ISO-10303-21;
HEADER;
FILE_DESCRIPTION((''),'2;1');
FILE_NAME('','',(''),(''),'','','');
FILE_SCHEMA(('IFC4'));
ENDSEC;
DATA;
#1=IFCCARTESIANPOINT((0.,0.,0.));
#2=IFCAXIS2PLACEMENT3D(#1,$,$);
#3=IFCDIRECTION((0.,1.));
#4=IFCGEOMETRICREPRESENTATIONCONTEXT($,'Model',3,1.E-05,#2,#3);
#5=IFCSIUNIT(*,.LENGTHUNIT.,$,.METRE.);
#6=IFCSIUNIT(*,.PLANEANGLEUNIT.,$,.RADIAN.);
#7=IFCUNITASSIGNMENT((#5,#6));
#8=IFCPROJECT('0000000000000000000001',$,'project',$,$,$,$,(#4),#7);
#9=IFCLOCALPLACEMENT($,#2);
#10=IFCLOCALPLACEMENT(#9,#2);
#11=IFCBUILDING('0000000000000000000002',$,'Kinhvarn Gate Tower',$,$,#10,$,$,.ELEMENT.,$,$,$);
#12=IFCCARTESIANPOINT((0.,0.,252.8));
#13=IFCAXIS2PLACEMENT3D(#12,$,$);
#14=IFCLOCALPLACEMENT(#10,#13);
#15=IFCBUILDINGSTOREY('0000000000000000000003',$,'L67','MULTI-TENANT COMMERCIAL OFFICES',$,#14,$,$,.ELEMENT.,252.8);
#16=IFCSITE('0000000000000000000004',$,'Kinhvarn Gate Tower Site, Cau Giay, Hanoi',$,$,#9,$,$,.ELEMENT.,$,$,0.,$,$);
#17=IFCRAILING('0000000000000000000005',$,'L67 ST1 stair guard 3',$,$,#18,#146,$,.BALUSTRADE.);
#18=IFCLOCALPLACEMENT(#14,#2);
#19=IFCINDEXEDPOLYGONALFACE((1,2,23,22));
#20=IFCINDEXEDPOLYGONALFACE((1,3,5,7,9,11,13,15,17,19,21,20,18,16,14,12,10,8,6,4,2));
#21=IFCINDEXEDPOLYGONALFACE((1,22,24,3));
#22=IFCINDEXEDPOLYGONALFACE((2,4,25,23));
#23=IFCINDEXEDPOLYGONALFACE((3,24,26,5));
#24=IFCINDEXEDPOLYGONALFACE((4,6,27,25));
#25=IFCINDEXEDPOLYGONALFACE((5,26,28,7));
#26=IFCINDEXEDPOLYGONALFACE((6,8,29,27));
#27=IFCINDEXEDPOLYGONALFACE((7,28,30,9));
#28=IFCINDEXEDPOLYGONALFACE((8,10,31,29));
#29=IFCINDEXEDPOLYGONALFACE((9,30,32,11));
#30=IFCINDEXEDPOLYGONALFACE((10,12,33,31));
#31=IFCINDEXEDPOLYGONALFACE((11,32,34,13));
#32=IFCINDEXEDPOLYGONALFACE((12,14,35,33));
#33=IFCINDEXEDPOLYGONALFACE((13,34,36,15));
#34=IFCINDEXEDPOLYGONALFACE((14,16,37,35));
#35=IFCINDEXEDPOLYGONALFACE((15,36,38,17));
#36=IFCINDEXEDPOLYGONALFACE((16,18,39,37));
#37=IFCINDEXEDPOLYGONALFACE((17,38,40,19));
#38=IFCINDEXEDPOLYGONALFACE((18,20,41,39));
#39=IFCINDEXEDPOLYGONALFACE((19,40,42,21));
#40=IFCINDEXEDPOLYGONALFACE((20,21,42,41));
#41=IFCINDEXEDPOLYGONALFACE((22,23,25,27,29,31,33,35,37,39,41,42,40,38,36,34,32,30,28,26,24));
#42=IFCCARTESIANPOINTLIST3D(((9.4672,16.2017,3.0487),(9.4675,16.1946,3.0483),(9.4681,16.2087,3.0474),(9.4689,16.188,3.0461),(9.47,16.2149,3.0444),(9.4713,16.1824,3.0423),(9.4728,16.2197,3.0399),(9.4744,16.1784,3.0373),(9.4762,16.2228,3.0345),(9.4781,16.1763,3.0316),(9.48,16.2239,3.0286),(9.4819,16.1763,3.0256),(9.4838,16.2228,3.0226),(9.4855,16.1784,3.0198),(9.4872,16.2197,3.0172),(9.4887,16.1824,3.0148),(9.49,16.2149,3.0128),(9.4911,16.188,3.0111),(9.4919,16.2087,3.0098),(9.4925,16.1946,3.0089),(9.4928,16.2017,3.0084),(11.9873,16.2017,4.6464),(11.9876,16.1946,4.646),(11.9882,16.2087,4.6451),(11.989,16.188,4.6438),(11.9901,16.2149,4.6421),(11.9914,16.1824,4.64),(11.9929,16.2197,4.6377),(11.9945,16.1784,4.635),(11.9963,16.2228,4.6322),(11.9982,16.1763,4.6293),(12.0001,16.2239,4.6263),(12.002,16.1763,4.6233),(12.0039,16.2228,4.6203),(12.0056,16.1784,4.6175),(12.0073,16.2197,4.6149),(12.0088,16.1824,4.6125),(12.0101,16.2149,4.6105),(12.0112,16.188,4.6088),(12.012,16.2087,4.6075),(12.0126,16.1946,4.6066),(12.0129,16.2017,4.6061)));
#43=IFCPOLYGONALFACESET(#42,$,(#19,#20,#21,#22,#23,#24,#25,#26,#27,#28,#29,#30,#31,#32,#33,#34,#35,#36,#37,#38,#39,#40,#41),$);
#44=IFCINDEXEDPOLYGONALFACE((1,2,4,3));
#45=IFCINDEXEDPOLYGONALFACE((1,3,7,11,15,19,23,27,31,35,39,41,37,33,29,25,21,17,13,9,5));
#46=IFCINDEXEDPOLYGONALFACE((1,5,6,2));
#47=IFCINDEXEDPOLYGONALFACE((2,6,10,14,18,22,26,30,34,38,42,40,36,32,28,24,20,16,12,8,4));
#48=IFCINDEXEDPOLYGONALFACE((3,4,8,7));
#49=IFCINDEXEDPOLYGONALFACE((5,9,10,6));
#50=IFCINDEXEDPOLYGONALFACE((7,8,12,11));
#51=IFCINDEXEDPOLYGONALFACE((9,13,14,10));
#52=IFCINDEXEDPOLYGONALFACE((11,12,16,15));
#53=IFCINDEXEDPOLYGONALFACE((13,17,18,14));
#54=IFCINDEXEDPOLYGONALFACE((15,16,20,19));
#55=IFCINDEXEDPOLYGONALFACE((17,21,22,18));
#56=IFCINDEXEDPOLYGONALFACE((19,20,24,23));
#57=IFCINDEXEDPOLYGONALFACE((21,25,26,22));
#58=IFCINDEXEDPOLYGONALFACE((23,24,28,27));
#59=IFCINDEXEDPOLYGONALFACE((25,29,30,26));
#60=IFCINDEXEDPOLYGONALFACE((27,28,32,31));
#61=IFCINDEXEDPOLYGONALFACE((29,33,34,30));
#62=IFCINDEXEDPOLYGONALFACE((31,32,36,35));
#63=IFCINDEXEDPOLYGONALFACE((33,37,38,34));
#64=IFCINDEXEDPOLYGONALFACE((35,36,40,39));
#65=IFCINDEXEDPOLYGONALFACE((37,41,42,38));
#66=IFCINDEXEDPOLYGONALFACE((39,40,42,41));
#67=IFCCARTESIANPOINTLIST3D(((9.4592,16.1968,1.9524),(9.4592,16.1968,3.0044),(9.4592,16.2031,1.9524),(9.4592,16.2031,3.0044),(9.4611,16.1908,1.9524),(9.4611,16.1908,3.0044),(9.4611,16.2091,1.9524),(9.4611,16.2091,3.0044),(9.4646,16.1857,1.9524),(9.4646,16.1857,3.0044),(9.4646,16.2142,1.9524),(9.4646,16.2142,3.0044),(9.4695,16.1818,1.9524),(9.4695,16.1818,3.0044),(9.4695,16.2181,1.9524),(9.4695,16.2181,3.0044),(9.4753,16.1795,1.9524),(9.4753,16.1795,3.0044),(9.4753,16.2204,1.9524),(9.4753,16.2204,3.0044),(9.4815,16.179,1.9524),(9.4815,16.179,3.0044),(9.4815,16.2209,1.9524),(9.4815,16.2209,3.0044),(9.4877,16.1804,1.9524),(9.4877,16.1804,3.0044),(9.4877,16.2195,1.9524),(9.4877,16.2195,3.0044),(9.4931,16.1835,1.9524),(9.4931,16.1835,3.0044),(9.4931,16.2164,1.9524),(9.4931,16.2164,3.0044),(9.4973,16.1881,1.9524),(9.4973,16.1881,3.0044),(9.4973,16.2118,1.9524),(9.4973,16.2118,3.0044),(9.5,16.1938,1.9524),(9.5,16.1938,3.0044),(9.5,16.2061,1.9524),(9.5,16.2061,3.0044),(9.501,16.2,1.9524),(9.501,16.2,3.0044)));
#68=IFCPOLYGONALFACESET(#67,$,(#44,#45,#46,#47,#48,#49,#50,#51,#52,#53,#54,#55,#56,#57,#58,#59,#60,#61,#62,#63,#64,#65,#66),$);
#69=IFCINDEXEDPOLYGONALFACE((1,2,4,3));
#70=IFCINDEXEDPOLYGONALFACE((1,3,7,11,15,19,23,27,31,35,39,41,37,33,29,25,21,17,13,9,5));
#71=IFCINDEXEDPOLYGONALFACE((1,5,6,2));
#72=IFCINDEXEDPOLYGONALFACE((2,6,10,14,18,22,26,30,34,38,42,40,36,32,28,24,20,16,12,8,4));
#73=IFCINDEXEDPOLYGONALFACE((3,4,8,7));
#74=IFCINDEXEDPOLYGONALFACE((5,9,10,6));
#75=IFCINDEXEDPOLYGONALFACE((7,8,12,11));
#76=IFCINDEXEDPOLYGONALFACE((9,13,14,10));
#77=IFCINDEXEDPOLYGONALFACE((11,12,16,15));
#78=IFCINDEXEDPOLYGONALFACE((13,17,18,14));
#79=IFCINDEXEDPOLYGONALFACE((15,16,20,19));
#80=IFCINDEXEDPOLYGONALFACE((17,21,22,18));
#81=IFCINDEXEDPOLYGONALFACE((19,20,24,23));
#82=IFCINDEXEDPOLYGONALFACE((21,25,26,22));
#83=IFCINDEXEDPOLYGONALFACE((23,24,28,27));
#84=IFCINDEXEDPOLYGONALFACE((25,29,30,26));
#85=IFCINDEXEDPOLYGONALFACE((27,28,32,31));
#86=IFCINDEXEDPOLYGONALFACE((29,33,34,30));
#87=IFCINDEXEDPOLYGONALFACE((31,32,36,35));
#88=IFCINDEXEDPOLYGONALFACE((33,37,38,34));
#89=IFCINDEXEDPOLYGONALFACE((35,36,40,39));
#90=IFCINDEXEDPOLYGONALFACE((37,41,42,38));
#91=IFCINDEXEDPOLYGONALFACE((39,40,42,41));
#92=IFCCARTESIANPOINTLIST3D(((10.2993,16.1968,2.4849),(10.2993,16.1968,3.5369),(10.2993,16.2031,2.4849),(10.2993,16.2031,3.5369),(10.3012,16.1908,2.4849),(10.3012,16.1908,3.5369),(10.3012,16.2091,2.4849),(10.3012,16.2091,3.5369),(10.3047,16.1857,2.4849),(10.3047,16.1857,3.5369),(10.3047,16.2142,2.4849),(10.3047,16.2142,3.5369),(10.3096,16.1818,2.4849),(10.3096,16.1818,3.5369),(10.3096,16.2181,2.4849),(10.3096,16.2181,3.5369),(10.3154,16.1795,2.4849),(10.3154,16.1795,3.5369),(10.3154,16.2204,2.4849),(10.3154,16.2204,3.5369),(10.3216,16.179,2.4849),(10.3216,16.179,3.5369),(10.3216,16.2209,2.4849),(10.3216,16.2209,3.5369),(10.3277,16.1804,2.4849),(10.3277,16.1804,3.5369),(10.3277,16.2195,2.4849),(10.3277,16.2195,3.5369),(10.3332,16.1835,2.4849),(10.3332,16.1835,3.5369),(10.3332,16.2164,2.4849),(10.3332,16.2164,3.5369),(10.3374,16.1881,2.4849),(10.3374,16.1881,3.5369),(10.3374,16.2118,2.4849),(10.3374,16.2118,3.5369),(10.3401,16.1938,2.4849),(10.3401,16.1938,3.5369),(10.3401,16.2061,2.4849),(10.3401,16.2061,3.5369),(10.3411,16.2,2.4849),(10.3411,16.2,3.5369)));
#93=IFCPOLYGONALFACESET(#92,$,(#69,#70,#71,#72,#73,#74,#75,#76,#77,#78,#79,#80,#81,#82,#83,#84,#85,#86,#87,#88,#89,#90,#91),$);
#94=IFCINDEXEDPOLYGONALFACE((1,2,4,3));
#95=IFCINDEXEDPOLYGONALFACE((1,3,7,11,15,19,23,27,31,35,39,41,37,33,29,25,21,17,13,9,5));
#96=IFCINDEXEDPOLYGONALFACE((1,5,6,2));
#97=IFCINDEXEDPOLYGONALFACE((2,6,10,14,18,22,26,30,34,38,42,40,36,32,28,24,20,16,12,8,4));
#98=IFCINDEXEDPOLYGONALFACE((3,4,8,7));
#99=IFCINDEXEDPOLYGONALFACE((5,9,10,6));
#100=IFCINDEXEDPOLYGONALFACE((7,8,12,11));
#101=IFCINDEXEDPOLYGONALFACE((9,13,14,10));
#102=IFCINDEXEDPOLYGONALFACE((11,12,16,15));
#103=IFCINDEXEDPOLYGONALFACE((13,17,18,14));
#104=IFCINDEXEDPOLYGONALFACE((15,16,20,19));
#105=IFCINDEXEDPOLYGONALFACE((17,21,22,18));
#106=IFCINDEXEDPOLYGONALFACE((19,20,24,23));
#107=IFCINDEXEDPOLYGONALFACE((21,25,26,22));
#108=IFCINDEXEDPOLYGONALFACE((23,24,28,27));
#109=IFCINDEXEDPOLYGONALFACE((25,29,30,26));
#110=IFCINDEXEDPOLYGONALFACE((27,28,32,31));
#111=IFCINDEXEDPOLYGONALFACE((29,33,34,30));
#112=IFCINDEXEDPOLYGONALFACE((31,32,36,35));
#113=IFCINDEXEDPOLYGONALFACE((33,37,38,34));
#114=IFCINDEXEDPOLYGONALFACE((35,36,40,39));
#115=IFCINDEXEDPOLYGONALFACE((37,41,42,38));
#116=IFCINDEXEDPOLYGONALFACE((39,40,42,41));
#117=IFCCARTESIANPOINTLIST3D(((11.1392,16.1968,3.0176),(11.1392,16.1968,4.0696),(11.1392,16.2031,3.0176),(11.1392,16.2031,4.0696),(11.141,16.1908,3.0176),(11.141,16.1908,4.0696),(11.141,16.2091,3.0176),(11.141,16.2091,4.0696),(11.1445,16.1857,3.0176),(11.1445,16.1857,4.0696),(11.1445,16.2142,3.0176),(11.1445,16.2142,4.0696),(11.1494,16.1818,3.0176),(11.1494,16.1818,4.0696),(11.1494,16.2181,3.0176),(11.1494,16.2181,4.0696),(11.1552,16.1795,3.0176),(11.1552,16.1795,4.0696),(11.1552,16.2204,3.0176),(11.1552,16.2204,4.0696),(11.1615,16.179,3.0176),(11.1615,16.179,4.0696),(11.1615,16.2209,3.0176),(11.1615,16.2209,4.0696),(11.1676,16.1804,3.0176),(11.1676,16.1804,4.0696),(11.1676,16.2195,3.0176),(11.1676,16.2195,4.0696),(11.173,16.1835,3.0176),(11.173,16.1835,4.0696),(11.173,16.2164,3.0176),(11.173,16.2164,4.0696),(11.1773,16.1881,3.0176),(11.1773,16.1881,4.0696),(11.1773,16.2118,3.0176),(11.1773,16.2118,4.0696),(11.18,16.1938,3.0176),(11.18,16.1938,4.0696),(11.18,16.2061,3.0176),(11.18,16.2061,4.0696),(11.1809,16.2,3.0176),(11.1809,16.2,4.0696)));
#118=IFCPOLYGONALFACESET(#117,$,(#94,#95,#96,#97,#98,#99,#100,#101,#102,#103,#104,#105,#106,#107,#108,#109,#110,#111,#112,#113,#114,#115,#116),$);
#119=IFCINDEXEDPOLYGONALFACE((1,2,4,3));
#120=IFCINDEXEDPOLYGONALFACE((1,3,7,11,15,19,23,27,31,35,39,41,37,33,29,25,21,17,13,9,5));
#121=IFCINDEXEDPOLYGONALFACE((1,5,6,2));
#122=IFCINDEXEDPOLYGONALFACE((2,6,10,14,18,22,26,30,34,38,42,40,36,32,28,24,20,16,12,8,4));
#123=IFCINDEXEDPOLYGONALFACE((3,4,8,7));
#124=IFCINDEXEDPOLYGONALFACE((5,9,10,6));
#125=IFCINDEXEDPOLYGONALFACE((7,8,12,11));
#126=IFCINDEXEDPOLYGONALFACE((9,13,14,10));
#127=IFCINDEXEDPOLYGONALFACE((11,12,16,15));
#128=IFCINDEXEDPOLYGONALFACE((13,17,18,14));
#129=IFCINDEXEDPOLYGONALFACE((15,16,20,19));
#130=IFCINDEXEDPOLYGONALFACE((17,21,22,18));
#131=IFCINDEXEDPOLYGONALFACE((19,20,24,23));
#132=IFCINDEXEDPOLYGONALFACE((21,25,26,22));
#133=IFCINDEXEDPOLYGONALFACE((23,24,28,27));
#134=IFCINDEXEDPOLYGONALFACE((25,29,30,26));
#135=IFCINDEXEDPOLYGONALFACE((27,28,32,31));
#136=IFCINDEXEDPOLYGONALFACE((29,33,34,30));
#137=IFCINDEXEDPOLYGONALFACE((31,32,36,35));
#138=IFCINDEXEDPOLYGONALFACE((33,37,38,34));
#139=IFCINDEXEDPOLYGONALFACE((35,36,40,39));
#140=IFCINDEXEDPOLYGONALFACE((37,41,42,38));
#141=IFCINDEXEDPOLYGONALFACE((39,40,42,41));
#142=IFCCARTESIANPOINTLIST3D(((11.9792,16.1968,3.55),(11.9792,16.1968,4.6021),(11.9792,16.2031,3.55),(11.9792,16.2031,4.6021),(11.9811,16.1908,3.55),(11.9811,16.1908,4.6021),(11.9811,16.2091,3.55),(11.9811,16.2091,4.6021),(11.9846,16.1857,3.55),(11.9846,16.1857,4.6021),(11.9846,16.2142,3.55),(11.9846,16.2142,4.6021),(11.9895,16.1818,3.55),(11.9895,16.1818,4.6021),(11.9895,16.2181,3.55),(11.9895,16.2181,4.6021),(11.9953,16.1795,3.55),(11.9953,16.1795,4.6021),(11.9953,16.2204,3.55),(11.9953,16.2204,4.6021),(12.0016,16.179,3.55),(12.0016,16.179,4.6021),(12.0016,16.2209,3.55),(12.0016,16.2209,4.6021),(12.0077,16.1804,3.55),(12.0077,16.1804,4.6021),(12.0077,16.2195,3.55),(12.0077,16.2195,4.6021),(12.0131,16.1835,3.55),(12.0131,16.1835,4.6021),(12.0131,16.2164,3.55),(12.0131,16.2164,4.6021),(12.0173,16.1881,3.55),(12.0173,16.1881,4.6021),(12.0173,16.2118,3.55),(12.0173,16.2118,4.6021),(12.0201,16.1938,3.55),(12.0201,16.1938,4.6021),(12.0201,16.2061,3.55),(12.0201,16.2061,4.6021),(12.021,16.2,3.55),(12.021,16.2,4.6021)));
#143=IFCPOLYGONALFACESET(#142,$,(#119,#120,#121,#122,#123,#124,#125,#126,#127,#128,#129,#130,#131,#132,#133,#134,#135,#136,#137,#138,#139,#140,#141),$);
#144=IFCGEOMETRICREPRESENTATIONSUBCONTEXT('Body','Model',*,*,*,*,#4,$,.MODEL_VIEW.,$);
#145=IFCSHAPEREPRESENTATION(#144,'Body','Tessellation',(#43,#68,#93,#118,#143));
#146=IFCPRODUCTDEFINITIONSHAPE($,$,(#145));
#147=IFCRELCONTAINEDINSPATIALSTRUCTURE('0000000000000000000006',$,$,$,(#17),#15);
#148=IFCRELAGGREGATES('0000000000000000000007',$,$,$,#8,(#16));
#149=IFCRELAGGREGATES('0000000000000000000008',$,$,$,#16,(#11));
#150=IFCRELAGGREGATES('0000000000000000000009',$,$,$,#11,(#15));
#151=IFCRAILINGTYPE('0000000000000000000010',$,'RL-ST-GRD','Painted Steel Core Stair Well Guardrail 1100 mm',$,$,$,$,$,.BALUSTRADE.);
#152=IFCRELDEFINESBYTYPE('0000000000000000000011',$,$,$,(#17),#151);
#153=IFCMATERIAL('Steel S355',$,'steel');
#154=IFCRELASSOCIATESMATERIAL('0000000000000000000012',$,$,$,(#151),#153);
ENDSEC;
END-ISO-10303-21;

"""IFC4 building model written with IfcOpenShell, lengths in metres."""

from ifc_helpers import new_model, si_unit, direction, frame, origin, origin_2d, place, context, subcontext, project, spatial, circle, extrude, material, type_object, element, save


model = new_model("IFC4")

# Units and contexts
model_context = context("Model", 3, precision=1e-05, world=origin(), true_north=direction((0.0, 1.0)))
body_context = subcontext(model_context, "Body", "Model", "MODEL_VIEW")
ifc_project = project(units=[si_unit("LENGTHUNIT", "METRE"), si_unit("PLANEANGLEUNIT", "RADIAN")], contexts=[model_context])

# Site, building, storey
site_placement = place(None, origin())
site = spatial("IfcSite", under=ifc_project, at=site_placement, Name="Kinhvarn Gate Tower Site, Cau Giay, Hanoi", CompositionType="ELEMENT", RefElevation=0.0)
building_placement = place(site_placement, origin())
building = spatial("IfcBuilding", under=site, at=building_placement, Name="Kinhvarn Gate Tower", CompositionType="ELEMENT")
storey_placement = place(building_placement, frame((0.0, 0.0, 252.8)))
storey = spatial("IfcBuildingStorey", under=building, at=storey_placement, Name="L67", Description="MULTI-TENANT COMMERCIAL OFFICES", CompositionType="ELEMENT", Elevation=252.8)

# Shared definitions
ifc_material_1 = material(Name="Steel S355", Category="steel")

# Railing
railing_type_1 = type_object("IfcRailingType", Name="RL-ST-GRD", Description="Painted Steel Core Stair Well Guardrail 1100 mm", PredefinedType="BALUSTRADE", material=ifc_material_1)
railing_1_placement = place(storey_placement, frame((9.48, 16.2, 1.9524)))
element("IfcRailing", 1, at=railing_1_placement, inside=storey, type_object=railing_type_1, Name="L67 ST1 stair guard 3", PredefinedType="BALUSTRADE", context=body_context, shape_type="SweptSolid", body=[
    extrude(circle(Radius=0.0239, at=origin_2d()), frame((0.0, 0.0, 1.0762), z_axis=(0.84457, 0.0, 0.535445), x_axis=(0.0, 1.0, 0.0)), (0.0, 0.0, 1.0), 2.9839),
    extrude(circle(Radius=0.021, at=origin_2d()), origin(), (0.0, 0.0, 1.0), 1.052),
    extrude(circle(Radius=0.021, at=origin_2d()), frame((0.8401, 0.0, 0.5325)), (0.0, 0.0, 1.0), 1.052),
    extrude(circle(Radius=0.021, at=origin_2d()), frame((1.6799, 0.0, 1.0652)), (0.0, 0.0, 1.0), 1.052),
    extrude(circle(Radius=0.021, at=origin_2d()), frame((2.52, 0.0, 1.5977)), (0.0, 0.0, 1.0), 1.052),
])

save(model, "model.ifc")
